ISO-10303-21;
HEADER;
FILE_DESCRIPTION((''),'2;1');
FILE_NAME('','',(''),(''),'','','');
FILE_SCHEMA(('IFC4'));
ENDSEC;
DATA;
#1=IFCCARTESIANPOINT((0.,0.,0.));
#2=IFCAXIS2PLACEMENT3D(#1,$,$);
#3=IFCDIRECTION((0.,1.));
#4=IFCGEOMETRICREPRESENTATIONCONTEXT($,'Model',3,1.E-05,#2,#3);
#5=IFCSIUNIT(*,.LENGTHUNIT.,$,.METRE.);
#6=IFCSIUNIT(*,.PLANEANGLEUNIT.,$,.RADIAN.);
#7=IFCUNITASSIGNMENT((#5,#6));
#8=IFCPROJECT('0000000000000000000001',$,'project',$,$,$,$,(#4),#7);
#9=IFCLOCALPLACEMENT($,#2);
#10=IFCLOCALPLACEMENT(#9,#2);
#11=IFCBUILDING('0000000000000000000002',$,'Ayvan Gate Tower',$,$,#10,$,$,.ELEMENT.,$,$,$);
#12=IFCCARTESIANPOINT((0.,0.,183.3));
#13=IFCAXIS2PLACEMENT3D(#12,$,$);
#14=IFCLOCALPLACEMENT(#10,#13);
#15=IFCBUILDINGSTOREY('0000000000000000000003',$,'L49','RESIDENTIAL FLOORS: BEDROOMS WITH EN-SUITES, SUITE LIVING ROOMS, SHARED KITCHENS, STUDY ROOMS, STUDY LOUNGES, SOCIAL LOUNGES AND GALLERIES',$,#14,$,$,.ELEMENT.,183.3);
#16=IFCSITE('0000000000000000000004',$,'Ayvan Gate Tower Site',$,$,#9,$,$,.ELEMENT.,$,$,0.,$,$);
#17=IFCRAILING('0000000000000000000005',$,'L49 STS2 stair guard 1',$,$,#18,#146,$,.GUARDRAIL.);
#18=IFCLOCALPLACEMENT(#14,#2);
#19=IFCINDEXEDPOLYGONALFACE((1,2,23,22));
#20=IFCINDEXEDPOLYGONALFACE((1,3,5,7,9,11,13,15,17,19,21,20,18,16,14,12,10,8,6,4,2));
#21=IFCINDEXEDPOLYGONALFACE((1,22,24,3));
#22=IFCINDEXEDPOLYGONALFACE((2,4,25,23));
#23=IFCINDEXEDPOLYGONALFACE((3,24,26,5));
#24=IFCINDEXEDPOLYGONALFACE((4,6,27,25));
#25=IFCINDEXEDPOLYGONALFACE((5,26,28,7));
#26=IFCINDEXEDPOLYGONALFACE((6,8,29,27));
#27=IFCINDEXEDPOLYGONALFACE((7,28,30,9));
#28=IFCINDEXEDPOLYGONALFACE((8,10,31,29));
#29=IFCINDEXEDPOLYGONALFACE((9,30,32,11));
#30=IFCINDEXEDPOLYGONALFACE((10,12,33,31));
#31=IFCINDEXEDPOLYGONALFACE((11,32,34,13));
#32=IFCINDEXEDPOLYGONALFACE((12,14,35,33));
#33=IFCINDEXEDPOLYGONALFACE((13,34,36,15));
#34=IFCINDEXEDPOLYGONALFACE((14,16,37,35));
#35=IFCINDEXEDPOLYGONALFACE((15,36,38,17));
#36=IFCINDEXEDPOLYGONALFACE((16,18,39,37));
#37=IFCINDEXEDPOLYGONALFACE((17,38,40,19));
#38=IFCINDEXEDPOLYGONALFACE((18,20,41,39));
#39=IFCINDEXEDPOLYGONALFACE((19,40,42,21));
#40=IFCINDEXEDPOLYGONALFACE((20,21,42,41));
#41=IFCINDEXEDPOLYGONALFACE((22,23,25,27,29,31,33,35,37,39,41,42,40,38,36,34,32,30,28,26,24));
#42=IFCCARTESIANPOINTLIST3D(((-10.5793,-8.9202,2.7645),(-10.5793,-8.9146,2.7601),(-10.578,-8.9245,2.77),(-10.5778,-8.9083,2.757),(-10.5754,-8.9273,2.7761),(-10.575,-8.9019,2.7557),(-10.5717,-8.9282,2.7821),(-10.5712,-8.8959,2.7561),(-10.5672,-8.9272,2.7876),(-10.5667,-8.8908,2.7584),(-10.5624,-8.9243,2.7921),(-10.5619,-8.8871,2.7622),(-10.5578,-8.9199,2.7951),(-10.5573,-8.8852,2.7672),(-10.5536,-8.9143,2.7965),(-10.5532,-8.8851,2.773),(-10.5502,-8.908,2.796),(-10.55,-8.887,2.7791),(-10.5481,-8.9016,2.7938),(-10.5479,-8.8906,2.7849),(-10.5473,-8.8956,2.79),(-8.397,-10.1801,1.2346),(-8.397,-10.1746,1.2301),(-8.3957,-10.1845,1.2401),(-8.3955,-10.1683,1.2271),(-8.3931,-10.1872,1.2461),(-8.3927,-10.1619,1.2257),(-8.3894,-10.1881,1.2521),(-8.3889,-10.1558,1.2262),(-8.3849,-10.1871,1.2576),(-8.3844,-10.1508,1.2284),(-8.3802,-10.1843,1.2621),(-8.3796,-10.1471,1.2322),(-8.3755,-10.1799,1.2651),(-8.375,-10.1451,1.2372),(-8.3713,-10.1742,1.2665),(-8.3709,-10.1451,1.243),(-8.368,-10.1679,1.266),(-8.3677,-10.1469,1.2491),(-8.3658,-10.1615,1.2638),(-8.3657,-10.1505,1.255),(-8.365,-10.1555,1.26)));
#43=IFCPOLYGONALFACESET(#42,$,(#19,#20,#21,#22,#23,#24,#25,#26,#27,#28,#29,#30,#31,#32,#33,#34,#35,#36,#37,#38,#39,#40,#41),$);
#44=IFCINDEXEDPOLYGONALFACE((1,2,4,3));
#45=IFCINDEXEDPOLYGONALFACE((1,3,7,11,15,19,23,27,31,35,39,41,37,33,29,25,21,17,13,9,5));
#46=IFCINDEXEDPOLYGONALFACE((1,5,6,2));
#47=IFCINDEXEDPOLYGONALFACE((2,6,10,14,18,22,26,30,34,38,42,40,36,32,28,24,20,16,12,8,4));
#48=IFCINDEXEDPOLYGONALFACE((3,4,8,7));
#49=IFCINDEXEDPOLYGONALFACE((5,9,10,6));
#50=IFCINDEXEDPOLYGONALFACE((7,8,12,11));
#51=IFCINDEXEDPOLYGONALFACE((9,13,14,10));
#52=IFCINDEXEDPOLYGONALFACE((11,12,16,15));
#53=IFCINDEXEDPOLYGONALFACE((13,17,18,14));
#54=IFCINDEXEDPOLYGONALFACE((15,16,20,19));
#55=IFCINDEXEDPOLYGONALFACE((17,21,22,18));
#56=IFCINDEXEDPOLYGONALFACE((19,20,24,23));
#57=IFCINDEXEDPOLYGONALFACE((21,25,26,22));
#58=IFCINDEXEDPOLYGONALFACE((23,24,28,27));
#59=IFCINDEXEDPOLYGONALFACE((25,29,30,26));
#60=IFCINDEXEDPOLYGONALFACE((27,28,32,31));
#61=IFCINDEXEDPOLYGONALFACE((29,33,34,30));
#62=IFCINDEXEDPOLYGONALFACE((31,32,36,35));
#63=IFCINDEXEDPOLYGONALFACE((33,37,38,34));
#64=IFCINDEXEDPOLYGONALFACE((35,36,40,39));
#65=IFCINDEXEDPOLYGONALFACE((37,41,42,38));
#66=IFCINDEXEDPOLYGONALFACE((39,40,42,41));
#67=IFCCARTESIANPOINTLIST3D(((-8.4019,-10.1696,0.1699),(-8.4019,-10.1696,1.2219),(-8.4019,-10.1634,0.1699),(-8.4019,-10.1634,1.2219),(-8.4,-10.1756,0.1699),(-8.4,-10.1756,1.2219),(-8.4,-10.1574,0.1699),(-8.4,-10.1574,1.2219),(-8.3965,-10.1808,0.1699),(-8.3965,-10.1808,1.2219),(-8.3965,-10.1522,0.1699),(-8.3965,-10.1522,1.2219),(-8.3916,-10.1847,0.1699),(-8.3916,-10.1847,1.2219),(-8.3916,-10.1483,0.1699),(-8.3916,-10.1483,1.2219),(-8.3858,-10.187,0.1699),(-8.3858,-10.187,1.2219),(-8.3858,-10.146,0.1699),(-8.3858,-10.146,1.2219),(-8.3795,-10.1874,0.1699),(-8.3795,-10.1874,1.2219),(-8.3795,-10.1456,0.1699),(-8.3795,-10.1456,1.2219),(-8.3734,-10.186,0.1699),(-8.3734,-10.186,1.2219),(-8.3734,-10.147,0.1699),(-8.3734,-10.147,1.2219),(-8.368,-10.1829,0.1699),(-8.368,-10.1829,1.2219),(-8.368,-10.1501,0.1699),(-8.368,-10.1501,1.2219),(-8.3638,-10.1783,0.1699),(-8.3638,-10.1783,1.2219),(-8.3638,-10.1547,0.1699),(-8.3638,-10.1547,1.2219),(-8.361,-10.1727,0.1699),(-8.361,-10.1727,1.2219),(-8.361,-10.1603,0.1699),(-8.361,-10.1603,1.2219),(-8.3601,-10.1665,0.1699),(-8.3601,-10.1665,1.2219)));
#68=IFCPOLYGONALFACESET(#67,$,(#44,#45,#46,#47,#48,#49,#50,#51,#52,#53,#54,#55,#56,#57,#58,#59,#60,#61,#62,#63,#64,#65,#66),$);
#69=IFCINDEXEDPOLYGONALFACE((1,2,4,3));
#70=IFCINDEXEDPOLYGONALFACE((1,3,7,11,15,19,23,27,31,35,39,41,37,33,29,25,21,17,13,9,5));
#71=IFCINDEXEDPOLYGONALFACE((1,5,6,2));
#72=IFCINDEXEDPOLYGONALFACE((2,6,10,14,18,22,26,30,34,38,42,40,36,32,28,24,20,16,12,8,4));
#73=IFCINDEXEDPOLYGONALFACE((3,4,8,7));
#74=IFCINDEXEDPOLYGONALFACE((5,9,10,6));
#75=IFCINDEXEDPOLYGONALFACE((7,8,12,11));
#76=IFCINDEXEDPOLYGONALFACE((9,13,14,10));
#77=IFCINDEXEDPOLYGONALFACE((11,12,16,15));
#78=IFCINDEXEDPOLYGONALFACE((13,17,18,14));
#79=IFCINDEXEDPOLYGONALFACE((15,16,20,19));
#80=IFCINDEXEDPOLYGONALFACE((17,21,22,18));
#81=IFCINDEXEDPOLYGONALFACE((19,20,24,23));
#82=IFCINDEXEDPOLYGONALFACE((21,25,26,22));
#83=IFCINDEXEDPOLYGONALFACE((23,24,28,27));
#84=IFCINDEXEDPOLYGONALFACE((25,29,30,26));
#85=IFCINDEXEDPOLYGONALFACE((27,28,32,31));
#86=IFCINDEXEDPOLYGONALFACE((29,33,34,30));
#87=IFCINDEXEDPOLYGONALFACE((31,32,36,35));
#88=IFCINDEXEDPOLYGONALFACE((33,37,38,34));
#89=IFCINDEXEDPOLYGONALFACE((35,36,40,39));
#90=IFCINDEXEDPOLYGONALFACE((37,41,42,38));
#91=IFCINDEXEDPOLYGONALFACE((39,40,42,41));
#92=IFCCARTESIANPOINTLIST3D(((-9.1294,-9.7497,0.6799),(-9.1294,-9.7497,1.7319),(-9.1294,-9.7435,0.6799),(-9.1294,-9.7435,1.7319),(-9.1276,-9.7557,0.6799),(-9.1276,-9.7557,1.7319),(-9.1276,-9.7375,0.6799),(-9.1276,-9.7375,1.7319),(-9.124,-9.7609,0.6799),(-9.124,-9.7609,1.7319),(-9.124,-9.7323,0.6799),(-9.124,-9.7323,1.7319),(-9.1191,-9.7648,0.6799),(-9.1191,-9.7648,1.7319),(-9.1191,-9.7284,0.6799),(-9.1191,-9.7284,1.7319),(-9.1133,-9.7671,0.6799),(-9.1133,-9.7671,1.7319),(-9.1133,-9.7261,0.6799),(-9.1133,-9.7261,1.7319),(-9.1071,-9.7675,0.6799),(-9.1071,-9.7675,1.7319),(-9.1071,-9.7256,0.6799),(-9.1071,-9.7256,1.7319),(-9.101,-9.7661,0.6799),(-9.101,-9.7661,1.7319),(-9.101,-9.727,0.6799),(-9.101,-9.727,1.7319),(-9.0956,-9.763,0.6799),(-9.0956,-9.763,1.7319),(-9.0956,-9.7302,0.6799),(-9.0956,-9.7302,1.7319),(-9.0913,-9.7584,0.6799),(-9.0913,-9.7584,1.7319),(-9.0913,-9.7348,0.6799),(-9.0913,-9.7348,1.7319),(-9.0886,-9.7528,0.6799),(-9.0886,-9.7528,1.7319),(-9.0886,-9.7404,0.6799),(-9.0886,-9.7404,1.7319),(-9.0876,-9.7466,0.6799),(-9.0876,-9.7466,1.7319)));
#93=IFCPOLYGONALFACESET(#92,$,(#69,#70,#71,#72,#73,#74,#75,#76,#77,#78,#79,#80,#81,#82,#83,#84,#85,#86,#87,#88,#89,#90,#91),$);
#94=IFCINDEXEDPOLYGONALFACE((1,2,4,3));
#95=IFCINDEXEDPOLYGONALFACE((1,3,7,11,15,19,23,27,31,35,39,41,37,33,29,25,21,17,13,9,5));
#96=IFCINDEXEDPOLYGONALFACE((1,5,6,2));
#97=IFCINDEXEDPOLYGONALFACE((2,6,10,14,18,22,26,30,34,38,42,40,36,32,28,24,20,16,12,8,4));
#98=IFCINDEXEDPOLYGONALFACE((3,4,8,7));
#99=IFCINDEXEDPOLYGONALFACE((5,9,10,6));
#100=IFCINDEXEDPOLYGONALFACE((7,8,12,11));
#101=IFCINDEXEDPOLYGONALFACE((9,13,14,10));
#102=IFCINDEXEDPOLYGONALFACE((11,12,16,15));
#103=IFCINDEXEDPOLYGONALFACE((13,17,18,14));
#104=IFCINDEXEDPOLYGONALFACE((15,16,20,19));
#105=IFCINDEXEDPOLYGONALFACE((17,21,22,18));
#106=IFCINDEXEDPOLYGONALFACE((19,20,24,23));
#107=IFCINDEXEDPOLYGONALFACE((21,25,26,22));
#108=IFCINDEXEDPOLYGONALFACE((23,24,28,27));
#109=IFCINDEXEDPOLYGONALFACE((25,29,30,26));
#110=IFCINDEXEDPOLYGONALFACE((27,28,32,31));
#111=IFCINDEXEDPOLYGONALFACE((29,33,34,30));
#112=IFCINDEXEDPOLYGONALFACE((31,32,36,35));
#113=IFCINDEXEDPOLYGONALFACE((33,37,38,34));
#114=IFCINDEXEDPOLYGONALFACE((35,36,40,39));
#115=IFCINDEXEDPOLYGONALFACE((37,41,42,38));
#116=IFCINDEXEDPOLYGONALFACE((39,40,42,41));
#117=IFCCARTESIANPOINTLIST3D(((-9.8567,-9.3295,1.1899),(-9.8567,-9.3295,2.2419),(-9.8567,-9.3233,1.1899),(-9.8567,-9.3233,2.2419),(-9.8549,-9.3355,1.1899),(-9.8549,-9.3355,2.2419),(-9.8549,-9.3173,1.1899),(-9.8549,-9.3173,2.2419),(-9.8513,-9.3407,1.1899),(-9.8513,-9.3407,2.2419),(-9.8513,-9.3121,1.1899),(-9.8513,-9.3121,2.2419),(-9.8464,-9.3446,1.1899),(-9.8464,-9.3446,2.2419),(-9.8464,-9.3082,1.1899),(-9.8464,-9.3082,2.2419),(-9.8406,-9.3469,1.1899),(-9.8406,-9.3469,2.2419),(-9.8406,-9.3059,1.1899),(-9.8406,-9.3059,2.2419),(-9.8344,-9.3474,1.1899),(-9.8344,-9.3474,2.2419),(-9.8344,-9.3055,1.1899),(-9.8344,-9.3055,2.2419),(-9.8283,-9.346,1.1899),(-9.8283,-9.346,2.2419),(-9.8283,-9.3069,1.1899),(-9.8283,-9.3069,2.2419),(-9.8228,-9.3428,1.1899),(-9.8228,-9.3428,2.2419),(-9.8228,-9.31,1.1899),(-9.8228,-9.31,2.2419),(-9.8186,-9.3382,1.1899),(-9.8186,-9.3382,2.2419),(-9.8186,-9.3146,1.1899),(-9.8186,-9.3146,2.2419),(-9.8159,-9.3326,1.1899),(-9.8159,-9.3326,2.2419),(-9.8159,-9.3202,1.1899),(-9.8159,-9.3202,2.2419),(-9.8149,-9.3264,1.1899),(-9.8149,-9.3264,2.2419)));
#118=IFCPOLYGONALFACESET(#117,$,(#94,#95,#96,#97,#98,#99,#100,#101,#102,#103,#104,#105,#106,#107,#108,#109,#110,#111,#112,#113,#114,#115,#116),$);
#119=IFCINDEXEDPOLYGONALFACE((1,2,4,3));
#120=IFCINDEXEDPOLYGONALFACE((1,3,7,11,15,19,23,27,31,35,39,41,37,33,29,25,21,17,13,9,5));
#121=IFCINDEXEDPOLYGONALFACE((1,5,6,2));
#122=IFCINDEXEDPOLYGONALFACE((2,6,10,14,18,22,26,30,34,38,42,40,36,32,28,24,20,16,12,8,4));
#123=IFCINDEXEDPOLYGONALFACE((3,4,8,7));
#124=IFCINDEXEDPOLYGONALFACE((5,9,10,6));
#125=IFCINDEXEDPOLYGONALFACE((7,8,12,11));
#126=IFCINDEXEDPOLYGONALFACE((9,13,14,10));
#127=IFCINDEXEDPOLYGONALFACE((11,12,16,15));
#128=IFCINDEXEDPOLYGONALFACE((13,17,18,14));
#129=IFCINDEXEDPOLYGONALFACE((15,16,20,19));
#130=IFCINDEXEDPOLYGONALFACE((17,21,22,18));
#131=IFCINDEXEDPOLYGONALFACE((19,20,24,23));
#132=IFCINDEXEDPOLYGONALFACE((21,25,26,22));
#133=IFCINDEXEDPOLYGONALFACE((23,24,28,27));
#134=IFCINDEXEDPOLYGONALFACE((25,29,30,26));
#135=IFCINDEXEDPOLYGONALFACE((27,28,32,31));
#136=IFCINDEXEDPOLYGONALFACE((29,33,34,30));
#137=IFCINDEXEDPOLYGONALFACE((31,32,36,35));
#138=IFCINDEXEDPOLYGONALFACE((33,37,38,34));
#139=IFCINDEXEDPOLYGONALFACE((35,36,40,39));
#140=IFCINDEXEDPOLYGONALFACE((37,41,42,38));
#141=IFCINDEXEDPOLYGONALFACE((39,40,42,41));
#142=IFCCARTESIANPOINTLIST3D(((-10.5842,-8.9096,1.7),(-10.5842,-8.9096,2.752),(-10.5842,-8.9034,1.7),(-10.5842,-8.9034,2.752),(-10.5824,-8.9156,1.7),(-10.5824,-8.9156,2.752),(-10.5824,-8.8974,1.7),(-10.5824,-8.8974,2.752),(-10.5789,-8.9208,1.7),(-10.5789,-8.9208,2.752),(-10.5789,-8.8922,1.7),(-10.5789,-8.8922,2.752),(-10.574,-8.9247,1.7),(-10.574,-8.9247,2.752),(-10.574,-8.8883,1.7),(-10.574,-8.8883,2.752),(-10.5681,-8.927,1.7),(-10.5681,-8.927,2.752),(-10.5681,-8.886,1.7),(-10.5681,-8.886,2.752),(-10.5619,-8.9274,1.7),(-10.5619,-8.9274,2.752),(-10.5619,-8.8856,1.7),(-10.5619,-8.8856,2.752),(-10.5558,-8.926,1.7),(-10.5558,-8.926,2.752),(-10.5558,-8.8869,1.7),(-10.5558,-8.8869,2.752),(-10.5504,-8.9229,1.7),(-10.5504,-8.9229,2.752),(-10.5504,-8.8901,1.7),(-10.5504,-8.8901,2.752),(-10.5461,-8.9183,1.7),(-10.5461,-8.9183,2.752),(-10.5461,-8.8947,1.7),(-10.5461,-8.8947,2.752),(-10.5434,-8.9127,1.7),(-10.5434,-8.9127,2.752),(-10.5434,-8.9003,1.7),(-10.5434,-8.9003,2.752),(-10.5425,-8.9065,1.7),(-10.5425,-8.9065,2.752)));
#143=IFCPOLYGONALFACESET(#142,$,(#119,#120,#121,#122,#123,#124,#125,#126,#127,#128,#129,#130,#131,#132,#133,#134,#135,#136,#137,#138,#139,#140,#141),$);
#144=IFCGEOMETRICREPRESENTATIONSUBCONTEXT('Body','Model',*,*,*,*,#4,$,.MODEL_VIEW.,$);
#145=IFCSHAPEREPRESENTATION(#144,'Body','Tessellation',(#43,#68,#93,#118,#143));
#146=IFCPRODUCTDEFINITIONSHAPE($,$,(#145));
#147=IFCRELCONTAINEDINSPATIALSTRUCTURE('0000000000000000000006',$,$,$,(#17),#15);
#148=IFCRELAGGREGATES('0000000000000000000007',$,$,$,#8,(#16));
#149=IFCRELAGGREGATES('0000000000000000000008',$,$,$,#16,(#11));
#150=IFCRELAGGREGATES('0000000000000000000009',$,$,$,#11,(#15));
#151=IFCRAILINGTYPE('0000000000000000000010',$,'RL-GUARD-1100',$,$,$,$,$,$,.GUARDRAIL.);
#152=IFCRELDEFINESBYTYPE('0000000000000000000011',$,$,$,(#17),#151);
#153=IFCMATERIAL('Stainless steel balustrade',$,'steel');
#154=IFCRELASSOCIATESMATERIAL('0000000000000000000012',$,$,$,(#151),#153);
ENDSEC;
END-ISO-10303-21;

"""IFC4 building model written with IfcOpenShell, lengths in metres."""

from ifc_helpers import new_model, si_unit, direction, frame, origin, origin_2d, place, context, subcontext, project, spatial, circle, extrude, material, type_object, element, save


model = new_model("IFC4")

# Units and contexts
model_context = context("Model", 3, precision=1e-05, world=origin(), true_north=direction((0.0, 1.0)))
body_context = subcontext(model_context, "Body", "Model", "MODEL_VIEW")
ifc_project = project(units=[si_unit("LENGTHUNIT", "METRE"), si_unit("PLANEANGLEUNIT", "RADIAN")], contexts=[model_context])

# Site, building, storey
site_placement = place(None, origin())
site = spatial("IfcSite", under=ifc_project, at=site_placement, Name="Ayvan Gate Tower Site", CompositionType="ELEMENT", RefElevation=0.0)
building_placement = place(site_placement, origin())
building = spatial("IfcBuilding", under=site, at=building_placement, Name="Ayvan Gate Tower", CompositionType="ELEMENT")
storey_placement = place(building_placement, frame((0.0, 0.0, 183.3)))
storey = spatial("IfcBuildingStorey", under=building, at=storey_placement, Name="L49", Description="RESIDENTIAL FLOORS: BEDROOMS WITH EN-SUITES, SUITE LIVING ROOMS, SHARED KITCHENS, STUDY ROOMS, STUDY LOUNGES, SOCIAL LOUNGES AND GALLERIES", CompositionType="ELEMENT", Elevation=183.3)

# Railing
ifc_material_1 = material(Name="Stainless steel balustrade", Category="steel")
railing_type_1 = type_object("IfcRailingType", Name="RL-GUARD-1100", PredefinedType="GUARDRAIL", material=ifc_material_1)
railing_1_placement = place(storey_placement, frame((-8.3811, -10.1665, 0.1699)))
element("IfcRailing", 1, at=railing_1_placement, inside=storey, type_object=railing_type_1, Name="L49 STS2 stair guard 1", PredefinedType="GUARDRAIL", context=body_context, shape_type="SweptSolid", body=[
    extrude(circle(Radius=0.0239, at=origin_2d()), frame((0.0, 0.0, 1.0762), z_axis=(-0.740261, 0.427395, 0.518986), x_axis=(-0.500005, -0.866023, 0.0)), (0.0, 0.0, 1.0), 2.948),
    extrude(circle(Radius=0.021, at=origin_2d()), origin(), (0.0, 0.0, 1.0), 1.052),
    extrude(circle(Radius=0.021, at=origin_2d()), frame((-0.7275, 0.4199, 0.51)), (0.0, 0.0, 1.0), 1.052),
    extrude(circle(Radius=0.021, at=origin_2d()), frame((-1.4548, 0.8401, 1.02)), (0.0, 0.0, 1.0), 1.052),
    extrude(circle(Radius=0.021, at=origin_2d()), frame((-2.1824, 1.26, 1.53)), (0.0, 0.0, 1.0), 1.052),
])

save(model, "model.ifc")
